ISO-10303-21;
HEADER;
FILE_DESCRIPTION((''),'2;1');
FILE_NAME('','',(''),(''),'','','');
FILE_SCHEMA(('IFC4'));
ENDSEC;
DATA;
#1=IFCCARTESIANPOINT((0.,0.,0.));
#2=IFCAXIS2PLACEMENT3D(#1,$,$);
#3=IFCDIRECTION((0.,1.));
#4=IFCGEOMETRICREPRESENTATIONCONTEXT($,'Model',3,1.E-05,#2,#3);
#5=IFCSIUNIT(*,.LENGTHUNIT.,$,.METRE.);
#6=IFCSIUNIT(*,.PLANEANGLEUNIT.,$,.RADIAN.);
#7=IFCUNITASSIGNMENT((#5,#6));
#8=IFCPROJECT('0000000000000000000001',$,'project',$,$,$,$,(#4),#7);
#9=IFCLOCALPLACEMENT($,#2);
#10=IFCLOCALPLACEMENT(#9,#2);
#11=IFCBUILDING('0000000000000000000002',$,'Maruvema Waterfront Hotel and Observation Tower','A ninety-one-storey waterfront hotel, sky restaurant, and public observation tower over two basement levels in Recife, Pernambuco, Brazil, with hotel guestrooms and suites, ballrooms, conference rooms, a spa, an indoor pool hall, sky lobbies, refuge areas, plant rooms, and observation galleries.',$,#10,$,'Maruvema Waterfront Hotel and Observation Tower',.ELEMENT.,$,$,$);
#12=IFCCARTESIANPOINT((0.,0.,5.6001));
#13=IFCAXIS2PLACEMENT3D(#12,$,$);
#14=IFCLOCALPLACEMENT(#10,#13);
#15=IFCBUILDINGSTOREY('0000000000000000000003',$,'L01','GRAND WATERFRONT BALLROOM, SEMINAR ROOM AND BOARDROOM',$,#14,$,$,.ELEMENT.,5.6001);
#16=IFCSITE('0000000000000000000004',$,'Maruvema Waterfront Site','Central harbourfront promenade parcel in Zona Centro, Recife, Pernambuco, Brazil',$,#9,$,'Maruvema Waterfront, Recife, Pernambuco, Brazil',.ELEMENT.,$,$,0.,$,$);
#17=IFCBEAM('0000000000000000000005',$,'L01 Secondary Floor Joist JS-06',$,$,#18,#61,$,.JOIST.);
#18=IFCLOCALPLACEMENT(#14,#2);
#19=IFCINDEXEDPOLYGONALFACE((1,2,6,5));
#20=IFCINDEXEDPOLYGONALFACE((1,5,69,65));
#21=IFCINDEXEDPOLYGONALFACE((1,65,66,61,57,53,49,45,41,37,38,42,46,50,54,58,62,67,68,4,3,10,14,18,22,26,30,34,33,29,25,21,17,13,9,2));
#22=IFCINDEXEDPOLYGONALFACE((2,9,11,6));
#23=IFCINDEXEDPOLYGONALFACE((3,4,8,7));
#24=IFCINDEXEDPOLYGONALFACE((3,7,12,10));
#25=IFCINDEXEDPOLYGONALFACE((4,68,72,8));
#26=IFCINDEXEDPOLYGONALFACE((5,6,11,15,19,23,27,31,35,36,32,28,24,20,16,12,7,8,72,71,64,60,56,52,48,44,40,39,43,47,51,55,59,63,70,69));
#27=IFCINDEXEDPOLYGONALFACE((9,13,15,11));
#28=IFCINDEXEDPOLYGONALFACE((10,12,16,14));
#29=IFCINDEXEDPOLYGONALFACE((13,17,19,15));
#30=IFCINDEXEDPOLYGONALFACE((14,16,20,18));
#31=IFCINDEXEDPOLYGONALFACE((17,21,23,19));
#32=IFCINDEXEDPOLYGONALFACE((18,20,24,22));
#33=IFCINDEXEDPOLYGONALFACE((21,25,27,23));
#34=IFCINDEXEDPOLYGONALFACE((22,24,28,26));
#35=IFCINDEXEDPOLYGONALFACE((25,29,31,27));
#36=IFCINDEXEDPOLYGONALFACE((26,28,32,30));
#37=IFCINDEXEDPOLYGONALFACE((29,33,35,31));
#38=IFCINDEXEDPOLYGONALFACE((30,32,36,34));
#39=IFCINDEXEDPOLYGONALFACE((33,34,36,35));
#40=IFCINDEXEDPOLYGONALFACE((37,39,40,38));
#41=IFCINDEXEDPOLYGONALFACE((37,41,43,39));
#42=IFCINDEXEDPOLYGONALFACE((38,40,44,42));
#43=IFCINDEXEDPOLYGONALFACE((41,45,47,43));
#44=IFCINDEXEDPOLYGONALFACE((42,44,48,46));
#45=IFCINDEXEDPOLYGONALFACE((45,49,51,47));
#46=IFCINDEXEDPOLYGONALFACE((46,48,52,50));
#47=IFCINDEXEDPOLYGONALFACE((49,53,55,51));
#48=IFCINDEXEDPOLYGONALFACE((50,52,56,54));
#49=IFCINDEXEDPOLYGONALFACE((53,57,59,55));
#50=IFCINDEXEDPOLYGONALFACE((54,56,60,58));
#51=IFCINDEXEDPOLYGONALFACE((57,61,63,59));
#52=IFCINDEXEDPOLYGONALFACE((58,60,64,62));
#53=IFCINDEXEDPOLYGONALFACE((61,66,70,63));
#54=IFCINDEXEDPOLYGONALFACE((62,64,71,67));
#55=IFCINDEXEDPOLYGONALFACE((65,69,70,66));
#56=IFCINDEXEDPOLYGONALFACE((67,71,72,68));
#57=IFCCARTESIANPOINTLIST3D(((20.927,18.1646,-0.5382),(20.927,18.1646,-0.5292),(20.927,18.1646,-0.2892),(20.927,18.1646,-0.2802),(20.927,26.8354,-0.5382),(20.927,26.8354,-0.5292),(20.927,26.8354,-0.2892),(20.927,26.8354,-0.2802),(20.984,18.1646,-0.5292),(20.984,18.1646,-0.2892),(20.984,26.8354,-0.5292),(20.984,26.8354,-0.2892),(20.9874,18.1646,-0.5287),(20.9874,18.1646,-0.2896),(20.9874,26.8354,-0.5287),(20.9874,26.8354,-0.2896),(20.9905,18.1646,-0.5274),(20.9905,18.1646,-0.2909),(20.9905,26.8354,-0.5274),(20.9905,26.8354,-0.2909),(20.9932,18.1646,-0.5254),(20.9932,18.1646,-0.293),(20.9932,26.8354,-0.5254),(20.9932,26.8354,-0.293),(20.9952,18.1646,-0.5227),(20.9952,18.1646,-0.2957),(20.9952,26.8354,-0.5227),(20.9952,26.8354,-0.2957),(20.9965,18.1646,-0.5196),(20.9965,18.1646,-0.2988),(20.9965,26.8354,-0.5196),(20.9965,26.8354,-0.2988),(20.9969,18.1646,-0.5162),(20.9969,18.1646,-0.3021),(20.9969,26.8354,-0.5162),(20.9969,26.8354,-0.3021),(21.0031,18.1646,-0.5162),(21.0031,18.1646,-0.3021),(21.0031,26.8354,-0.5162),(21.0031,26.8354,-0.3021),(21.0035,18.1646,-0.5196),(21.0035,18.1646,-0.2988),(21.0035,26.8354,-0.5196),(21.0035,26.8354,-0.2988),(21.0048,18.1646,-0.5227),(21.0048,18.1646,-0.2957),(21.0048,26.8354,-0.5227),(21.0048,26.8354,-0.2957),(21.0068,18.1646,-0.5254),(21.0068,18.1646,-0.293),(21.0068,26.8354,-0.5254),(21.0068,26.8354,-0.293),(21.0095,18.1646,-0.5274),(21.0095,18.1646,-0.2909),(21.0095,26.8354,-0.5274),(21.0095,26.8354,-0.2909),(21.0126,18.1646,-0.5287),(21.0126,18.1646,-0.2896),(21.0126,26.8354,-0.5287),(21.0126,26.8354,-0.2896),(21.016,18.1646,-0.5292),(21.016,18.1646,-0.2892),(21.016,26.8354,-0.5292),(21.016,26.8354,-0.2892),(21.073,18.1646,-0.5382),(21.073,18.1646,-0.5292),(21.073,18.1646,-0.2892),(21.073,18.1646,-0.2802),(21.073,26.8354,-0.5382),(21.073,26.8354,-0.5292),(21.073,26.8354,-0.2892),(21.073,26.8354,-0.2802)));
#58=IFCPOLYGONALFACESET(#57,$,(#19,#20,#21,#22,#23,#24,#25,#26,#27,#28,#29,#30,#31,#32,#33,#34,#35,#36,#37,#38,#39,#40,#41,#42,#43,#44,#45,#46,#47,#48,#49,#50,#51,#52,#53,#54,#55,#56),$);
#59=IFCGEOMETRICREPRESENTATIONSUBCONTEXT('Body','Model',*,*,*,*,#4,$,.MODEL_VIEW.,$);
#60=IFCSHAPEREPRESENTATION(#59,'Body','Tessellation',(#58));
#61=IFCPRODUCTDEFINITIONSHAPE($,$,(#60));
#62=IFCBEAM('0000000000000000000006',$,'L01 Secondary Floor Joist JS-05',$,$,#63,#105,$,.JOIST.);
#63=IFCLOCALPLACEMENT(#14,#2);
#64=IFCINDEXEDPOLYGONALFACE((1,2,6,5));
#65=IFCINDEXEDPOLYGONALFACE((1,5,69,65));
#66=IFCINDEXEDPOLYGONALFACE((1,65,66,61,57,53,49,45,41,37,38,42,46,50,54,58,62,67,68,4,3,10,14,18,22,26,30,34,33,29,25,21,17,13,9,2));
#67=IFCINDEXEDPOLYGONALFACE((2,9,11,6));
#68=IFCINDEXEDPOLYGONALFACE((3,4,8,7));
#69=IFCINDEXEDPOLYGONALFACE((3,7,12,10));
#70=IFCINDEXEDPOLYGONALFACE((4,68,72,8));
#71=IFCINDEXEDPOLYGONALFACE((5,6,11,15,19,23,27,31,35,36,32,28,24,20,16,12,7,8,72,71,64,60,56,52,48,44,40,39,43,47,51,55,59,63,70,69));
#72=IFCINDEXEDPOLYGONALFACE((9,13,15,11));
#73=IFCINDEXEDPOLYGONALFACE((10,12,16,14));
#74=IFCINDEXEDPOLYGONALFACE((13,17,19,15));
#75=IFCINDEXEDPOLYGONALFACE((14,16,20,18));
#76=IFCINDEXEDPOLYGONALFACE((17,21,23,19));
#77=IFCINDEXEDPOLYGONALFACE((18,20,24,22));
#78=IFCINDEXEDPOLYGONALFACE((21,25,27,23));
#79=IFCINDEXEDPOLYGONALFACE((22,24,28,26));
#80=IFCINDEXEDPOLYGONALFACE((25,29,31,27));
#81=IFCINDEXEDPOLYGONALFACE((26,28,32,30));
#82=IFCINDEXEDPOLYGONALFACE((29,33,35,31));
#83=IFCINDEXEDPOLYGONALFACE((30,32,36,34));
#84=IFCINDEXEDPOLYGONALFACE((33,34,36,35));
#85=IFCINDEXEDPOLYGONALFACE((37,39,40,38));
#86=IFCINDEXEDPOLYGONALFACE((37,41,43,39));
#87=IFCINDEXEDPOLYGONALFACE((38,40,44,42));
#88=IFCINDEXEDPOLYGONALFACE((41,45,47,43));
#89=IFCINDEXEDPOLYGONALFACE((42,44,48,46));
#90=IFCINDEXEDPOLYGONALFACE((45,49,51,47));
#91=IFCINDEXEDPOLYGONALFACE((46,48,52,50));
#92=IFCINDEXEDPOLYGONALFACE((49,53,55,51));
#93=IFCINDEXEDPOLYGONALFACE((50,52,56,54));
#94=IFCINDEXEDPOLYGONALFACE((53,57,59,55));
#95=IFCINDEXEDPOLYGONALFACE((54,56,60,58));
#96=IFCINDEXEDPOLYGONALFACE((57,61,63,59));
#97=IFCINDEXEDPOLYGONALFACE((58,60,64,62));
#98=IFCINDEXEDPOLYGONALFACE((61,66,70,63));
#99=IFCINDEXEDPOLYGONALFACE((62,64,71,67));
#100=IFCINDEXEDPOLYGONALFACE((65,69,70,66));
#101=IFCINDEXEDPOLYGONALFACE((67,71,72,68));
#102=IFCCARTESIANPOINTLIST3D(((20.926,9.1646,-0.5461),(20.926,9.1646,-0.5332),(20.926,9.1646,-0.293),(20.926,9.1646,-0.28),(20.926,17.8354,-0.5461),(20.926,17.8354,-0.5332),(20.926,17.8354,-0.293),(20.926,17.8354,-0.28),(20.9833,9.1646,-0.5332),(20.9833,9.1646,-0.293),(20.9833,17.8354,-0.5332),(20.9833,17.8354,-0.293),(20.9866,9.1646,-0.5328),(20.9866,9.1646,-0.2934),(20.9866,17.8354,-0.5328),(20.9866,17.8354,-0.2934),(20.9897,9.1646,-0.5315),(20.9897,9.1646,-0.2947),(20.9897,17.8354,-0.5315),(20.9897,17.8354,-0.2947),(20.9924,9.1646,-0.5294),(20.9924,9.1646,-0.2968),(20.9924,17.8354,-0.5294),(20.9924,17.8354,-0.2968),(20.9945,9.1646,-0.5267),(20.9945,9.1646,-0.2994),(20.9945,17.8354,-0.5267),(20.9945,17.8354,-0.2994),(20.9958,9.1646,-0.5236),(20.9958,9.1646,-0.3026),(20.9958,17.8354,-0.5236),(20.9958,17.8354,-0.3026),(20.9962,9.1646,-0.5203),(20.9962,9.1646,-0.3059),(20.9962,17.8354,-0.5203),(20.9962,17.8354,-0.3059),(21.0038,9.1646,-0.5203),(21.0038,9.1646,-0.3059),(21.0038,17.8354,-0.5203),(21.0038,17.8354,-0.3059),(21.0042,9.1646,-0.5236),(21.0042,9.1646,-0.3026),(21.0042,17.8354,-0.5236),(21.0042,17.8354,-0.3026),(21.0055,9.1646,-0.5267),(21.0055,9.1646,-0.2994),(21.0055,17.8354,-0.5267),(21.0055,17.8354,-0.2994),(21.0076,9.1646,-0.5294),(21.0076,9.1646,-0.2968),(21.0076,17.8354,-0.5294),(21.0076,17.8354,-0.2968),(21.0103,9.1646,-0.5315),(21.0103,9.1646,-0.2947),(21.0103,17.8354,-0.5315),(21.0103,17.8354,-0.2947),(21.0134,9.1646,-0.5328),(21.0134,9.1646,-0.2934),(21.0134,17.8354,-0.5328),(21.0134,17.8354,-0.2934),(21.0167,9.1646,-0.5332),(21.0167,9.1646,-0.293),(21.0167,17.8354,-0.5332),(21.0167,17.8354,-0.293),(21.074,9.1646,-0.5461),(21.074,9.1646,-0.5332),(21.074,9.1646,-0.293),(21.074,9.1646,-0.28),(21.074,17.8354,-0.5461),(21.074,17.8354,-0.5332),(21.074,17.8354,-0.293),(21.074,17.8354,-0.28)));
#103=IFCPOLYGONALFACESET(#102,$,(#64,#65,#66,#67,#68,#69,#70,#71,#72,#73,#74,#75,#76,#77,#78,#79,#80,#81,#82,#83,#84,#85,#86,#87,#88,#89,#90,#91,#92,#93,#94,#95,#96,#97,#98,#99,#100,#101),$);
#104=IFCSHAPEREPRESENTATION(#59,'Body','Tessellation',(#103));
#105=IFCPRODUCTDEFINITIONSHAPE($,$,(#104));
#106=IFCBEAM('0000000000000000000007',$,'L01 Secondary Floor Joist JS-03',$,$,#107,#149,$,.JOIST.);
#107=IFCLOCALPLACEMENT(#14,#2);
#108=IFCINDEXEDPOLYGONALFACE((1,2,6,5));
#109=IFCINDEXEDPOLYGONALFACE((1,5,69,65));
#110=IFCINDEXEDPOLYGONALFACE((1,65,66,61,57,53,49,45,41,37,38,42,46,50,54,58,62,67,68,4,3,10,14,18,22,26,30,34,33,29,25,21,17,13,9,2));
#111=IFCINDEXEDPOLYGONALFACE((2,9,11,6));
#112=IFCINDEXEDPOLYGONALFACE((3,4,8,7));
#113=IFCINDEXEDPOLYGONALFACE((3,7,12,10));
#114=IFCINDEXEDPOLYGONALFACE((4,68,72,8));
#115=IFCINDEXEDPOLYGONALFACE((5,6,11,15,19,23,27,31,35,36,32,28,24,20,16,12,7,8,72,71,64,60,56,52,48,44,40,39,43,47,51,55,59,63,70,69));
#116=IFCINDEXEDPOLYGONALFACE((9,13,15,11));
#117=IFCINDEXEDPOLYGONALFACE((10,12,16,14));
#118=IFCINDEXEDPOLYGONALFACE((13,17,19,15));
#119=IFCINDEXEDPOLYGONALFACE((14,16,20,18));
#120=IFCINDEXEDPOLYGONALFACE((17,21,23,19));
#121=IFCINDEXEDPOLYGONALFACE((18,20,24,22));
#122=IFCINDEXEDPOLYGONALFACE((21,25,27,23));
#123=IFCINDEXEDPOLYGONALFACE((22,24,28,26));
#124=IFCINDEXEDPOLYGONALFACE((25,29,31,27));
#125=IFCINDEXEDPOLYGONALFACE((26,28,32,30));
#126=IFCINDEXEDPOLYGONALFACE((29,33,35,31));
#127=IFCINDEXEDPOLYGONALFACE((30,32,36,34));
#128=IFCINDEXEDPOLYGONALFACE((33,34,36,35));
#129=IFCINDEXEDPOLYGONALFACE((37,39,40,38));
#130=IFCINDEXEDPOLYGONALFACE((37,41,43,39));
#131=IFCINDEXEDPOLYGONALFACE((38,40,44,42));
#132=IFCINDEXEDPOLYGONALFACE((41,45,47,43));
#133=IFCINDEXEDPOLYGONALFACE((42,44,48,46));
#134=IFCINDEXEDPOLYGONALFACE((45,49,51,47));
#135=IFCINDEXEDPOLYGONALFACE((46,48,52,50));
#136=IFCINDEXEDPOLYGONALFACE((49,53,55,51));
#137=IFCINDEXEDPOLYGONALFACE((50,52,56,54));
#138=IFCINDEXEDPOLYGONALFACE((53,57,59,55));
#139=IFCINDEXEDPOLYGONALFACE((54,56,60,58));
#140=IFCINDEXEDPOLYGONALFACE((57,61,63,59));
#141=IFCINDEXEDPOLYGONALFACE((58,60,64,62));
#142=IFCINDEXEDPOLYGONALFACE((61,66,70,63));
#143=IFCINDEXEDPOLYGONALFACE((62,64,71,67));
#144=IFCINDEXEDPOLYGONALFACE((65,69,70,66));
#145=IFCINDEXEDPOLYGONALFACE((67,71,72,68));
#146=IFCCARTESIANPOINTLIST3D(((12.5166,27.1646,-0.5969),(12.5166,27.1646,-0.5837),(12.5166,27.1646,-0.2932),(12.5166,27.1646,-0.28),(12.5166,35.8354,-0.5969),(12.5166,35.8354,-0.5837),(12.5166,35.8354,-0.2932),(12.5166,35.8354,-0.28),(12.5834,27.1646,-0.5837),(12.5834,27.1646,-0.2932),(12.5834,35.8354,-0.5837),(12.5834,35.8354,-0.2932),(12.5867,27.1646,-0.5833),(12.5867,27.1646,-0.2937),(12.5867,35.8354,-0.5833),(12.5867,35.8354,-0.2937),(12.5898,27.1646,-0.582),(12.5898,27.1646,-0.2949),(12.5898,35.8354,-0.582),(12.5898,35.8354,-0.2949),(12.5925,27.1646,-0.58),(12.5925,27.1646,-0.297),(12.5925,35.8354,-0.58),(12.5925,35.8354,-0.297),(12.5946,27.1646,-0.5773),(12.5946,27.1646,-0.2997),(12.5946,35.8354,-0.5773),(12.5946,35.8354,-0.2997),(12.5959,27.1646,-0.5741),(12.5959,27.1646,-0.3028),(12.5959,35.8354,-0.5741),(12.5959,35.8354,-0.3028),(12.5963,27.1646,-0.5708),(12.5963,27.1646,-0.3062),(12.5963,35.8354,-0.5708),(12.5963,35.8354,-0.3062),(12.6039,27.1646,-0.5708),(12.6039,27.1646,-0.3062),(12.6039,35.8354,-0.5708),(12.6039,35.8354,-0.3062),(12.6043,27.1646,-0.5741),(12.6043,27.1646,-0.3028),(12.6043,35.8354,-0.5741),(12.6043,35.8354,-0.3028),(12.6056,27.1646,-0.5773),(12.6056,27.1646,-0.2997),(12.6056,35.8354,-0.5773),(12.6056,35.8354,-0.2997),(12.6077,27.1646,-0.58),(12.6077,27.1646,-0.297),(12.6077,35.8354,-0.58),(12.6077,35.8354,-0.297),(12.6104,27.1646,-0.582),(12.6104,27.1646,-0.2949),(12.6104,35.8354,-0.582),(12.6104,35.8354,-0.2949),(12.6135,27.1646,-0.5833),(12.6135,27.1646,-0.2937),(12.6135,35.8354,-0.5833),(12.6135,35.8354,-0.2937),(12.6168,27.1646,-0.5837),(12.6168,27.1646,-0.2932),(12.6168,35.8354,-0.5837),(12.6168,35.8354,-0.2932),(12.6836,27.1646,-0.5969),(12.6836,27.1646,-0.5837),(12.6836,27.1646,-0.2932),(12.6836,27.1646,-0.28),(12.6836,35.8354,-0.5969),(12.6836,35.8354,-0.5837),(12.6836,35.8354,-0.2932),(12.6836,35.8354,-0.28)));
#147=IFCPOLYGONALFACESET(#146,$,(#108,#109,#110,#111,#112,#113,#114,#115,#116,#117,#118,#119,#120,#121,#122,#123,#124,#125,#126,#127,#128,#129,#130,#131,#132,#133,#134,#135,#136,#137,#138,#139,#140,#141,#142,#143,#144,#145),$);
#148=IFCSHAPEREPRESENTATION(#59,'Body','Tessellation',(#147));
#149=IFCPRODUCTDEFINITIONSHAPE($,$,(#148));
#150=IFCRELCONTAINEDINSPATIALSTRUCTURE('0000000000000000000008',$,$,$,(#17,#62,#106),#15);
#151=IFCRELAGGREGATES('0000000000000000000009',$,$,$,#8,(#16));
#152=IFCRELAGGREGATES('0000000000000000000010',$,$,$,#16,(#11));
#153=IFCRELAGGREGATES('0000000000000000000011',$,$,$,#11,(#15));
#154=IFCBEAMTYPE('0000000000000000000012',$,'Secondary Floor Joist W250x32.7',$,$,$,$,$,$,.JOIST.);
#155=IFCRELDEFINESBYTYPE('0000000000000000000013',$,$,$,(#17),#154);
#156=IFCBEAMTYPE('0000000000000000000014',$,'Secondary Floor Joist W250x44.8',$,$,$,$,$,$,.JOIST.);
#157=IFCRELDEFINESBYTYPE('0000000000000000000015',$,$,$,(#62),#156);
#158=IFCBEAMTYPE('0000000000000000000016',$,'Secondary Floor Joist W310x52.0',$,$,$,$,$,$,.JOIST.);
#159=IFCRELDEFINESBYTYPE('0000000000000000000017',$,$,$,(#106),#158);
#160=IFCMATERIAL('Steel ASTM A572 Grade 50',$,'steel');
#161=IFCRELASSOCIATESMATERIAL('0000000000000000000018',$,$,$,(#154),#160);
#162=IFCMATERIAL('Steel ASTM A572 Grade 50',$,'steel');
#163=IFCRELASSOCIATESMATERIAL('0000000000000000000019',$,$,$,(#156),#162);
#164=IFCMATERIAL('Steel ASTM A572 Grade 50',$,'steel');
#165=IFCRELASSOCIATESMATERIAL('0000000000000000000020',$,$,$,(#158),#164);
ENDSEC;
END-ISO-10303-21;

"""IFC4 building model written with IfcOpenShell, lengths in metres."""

from ifc_helpers import new_model, si_unit, direction, frame, origin, origin_2d, place, context, subcontext, project, spatial, i_section, extrude, material, material_profile, profile_set, type_object, element, save


model = new_model("IFC4")

# Units and contexts
model_context = context("Model", 3, precision=1e-05, world=origin(), true_north=direction((0.0, 1.0)))
body_context = subcontext(model_context, "Body", "Model", "MODEL_VIEW")
ifc_project = project(units=[si_unit("LENGTHUNIT", "METRE"), si_unit("PLANEANGLEUNIT", "RADIAN")], contexts=[model_context])

# Site, building, storey
site_placement = place(None, origin())
site = spatial("IfcSite", under=ifc_project, at=site_placement, Name="Maruvema Waterfront Site", Description="Central harbourfront promenade parcel in Zona Centro, Recife, Pernambuco, Brazil", LongName="Maruvema Waterfront, Recife, Pernambuco, Brazil", CompositionType="ELEMENT", RefElevation=0.0)
building_placement = place(site_placement, origin())
building = spatial("IfcBuilding", under=site, at=building_placement, Name="Maruvema Waterfront Hotel and Observation Tower", Description="A ninety-one-storey waterfront hotel, sky restaurant, and public observation tower over two basement levels in Recife, Pernambuco, Brazil, with hotel guestrooms and suites, ballrooms, conference rooms, a spa, an indoor pool hall, sky lobbies, refuge areas, plant rooms, and observation galleries.", LongName="Maruvema Waterfront Hotel and Observation Tower", CompositionType="ELEMENT")
storey_placement = place(building_placement, frame((0.0, 0.0, 5.6001)))
storey = spatial("IfcBuildingStorey", under=building, at=storey_placement, Name="L01", Description="GRAND WATERFRONT BALLROOM, SEMINAR ROOM AND BOARDROOM", CompositionType="ELEMENT", Elevation=5.6001)

# Beams
ifc_material_1 = material(Name="Steel ASTM A572 Grade 50", Category="steel")
ifc_material_profile_1 = material_profile(ifc_material_1, i_section(OverallWidth=0.146, OverallDepth=0.2581, WebThickness=0.0061, FlangeThickness=0.009, FilletRadius=0.0129, at=origin_2d()), Name="W250x32.7")
ifc_profile_set_1 = profile_set([ifc_material_profile_1], Name="Steel ASTM A572 Grade 50")
beam_type_1 = type_object("IfcBeamType", Name="Secondary Floor Joist W250x32.7", PredefinedType="JOIST", material=ifc_profile_set_1)
beam_1_placement = place(storey_placement, frame((21.0, 18.1646, -0.4092), z_axis=(0.0, 1.0, 0.0), x_axis=(-1.0, 0.0, 0.0)))
element("IfcBeam", 1, at=beam_1_placement, inside=storey, type_object=beam_type_1, Name="L01 Secondary Floor Joist JS-06", PredefinedType="JOIST", context=body_context, shape_type="SweptSolid", body=[
    extrude(i_section(OverallWidth=0.146, OverallDepth=0.2581, WebThickness=0.0061, FlangeThickness=0.009, FilletRadius=0.0129, at=origin_2d()), origin(), (0.0, 0.0, 1.0), 8.6709),
])
ifc_material_2 = material(Name="Steel ASTM A572 Grade 50", Category="steel")
ifc_material_profile_2 = material_profile(ifc_material_2, i_section(OverallWidth=0.1479, OverallDepth=0.2661, WebThickness=0.0076, FlangeThickness=0.0129, FilletRadius=0.0129, at=origin_2d()), Name="W250x44.8")
ifc_profile_set_2 = profile_set([ifc_material_profile_2], Name="Steel ASTM A572 Grade 50")
beam_type_2 = type_object("IfcBeamType", Name="Secondary Floor Joist W250x44.8", PredefinedType="JOIST", material=ifc_profile_set_2)
beam_2_placement = place(storey_placement, frame((21.0, 9.1646, -0.4131), z_axis=(0.0, 1.0, 0.0), x_axis=(-1.0, 0.0, 0.0)))
element("IfcBeam", 2, at=beam_2_placement, inside=storey, type_object=beam_type_2, Name="L01 Secondary Floor Joist JS-05", PredefinedType="JOIST", context=body_context, shape_type="SweptSolid", body=[
    extrude(i_section(OverallWidth=0.1479, OverallDepth=0.2661, WebThickness=0.0076, FlangeThickness=0.0129, FilletRadius=0.0129, at=origin_2d()), origin(), (0.0, 0.0, 1.0), 8.6709),
])
ifc_material_3 = material(Name="Steel ASTM A572 Grade 50", Category="steel")
ifc_material_profile_3 = material_profile(ifc_material_3, i_section(OverallWidth=0.167, OverallDepth=0.3169, WebThickness=0.0076, FlangeThickness=0.0132, FilletRadius=0.0129, at=origin_2d()), Name="W310x52.0")
ifc_profile_set_3 = profile_set([ifc_material_profile_3], Name="Steel ASTM A572 Grade 50")
beam_type_3 = type_object("IfcBeamType", Name="Secondary Floor Joist W310x52.0", PredefinedType="JOIST", material=ifc_profile_set_3)
beam_3_placement = place(storey_placement, frame((12.6001, 27.1646, -0.4385), z_axis=(0.0, 1.0, 0.0), x_axis=(-1.0, 0.0, 0.0)))
element("IfcBeam", 3, at=beam_3_placement, inside=storey, type_object=beam_type_3, Name="L01 Secondary Floor Joist JS-03", PredefinedType="JOIST", context=body_context, shape_type="SweptSolid", body=[
    extrude(i_section(OverallWidth=0.167, OverallDepth=0.3169, WebThickness=0.0076, FlangeThickness=0.0132, FilletRadius=0.0129, at=origin_2d()), origin(), (0.0, 0.0, 1.0), 8.6709),
])

save(model, "model.ifc")
